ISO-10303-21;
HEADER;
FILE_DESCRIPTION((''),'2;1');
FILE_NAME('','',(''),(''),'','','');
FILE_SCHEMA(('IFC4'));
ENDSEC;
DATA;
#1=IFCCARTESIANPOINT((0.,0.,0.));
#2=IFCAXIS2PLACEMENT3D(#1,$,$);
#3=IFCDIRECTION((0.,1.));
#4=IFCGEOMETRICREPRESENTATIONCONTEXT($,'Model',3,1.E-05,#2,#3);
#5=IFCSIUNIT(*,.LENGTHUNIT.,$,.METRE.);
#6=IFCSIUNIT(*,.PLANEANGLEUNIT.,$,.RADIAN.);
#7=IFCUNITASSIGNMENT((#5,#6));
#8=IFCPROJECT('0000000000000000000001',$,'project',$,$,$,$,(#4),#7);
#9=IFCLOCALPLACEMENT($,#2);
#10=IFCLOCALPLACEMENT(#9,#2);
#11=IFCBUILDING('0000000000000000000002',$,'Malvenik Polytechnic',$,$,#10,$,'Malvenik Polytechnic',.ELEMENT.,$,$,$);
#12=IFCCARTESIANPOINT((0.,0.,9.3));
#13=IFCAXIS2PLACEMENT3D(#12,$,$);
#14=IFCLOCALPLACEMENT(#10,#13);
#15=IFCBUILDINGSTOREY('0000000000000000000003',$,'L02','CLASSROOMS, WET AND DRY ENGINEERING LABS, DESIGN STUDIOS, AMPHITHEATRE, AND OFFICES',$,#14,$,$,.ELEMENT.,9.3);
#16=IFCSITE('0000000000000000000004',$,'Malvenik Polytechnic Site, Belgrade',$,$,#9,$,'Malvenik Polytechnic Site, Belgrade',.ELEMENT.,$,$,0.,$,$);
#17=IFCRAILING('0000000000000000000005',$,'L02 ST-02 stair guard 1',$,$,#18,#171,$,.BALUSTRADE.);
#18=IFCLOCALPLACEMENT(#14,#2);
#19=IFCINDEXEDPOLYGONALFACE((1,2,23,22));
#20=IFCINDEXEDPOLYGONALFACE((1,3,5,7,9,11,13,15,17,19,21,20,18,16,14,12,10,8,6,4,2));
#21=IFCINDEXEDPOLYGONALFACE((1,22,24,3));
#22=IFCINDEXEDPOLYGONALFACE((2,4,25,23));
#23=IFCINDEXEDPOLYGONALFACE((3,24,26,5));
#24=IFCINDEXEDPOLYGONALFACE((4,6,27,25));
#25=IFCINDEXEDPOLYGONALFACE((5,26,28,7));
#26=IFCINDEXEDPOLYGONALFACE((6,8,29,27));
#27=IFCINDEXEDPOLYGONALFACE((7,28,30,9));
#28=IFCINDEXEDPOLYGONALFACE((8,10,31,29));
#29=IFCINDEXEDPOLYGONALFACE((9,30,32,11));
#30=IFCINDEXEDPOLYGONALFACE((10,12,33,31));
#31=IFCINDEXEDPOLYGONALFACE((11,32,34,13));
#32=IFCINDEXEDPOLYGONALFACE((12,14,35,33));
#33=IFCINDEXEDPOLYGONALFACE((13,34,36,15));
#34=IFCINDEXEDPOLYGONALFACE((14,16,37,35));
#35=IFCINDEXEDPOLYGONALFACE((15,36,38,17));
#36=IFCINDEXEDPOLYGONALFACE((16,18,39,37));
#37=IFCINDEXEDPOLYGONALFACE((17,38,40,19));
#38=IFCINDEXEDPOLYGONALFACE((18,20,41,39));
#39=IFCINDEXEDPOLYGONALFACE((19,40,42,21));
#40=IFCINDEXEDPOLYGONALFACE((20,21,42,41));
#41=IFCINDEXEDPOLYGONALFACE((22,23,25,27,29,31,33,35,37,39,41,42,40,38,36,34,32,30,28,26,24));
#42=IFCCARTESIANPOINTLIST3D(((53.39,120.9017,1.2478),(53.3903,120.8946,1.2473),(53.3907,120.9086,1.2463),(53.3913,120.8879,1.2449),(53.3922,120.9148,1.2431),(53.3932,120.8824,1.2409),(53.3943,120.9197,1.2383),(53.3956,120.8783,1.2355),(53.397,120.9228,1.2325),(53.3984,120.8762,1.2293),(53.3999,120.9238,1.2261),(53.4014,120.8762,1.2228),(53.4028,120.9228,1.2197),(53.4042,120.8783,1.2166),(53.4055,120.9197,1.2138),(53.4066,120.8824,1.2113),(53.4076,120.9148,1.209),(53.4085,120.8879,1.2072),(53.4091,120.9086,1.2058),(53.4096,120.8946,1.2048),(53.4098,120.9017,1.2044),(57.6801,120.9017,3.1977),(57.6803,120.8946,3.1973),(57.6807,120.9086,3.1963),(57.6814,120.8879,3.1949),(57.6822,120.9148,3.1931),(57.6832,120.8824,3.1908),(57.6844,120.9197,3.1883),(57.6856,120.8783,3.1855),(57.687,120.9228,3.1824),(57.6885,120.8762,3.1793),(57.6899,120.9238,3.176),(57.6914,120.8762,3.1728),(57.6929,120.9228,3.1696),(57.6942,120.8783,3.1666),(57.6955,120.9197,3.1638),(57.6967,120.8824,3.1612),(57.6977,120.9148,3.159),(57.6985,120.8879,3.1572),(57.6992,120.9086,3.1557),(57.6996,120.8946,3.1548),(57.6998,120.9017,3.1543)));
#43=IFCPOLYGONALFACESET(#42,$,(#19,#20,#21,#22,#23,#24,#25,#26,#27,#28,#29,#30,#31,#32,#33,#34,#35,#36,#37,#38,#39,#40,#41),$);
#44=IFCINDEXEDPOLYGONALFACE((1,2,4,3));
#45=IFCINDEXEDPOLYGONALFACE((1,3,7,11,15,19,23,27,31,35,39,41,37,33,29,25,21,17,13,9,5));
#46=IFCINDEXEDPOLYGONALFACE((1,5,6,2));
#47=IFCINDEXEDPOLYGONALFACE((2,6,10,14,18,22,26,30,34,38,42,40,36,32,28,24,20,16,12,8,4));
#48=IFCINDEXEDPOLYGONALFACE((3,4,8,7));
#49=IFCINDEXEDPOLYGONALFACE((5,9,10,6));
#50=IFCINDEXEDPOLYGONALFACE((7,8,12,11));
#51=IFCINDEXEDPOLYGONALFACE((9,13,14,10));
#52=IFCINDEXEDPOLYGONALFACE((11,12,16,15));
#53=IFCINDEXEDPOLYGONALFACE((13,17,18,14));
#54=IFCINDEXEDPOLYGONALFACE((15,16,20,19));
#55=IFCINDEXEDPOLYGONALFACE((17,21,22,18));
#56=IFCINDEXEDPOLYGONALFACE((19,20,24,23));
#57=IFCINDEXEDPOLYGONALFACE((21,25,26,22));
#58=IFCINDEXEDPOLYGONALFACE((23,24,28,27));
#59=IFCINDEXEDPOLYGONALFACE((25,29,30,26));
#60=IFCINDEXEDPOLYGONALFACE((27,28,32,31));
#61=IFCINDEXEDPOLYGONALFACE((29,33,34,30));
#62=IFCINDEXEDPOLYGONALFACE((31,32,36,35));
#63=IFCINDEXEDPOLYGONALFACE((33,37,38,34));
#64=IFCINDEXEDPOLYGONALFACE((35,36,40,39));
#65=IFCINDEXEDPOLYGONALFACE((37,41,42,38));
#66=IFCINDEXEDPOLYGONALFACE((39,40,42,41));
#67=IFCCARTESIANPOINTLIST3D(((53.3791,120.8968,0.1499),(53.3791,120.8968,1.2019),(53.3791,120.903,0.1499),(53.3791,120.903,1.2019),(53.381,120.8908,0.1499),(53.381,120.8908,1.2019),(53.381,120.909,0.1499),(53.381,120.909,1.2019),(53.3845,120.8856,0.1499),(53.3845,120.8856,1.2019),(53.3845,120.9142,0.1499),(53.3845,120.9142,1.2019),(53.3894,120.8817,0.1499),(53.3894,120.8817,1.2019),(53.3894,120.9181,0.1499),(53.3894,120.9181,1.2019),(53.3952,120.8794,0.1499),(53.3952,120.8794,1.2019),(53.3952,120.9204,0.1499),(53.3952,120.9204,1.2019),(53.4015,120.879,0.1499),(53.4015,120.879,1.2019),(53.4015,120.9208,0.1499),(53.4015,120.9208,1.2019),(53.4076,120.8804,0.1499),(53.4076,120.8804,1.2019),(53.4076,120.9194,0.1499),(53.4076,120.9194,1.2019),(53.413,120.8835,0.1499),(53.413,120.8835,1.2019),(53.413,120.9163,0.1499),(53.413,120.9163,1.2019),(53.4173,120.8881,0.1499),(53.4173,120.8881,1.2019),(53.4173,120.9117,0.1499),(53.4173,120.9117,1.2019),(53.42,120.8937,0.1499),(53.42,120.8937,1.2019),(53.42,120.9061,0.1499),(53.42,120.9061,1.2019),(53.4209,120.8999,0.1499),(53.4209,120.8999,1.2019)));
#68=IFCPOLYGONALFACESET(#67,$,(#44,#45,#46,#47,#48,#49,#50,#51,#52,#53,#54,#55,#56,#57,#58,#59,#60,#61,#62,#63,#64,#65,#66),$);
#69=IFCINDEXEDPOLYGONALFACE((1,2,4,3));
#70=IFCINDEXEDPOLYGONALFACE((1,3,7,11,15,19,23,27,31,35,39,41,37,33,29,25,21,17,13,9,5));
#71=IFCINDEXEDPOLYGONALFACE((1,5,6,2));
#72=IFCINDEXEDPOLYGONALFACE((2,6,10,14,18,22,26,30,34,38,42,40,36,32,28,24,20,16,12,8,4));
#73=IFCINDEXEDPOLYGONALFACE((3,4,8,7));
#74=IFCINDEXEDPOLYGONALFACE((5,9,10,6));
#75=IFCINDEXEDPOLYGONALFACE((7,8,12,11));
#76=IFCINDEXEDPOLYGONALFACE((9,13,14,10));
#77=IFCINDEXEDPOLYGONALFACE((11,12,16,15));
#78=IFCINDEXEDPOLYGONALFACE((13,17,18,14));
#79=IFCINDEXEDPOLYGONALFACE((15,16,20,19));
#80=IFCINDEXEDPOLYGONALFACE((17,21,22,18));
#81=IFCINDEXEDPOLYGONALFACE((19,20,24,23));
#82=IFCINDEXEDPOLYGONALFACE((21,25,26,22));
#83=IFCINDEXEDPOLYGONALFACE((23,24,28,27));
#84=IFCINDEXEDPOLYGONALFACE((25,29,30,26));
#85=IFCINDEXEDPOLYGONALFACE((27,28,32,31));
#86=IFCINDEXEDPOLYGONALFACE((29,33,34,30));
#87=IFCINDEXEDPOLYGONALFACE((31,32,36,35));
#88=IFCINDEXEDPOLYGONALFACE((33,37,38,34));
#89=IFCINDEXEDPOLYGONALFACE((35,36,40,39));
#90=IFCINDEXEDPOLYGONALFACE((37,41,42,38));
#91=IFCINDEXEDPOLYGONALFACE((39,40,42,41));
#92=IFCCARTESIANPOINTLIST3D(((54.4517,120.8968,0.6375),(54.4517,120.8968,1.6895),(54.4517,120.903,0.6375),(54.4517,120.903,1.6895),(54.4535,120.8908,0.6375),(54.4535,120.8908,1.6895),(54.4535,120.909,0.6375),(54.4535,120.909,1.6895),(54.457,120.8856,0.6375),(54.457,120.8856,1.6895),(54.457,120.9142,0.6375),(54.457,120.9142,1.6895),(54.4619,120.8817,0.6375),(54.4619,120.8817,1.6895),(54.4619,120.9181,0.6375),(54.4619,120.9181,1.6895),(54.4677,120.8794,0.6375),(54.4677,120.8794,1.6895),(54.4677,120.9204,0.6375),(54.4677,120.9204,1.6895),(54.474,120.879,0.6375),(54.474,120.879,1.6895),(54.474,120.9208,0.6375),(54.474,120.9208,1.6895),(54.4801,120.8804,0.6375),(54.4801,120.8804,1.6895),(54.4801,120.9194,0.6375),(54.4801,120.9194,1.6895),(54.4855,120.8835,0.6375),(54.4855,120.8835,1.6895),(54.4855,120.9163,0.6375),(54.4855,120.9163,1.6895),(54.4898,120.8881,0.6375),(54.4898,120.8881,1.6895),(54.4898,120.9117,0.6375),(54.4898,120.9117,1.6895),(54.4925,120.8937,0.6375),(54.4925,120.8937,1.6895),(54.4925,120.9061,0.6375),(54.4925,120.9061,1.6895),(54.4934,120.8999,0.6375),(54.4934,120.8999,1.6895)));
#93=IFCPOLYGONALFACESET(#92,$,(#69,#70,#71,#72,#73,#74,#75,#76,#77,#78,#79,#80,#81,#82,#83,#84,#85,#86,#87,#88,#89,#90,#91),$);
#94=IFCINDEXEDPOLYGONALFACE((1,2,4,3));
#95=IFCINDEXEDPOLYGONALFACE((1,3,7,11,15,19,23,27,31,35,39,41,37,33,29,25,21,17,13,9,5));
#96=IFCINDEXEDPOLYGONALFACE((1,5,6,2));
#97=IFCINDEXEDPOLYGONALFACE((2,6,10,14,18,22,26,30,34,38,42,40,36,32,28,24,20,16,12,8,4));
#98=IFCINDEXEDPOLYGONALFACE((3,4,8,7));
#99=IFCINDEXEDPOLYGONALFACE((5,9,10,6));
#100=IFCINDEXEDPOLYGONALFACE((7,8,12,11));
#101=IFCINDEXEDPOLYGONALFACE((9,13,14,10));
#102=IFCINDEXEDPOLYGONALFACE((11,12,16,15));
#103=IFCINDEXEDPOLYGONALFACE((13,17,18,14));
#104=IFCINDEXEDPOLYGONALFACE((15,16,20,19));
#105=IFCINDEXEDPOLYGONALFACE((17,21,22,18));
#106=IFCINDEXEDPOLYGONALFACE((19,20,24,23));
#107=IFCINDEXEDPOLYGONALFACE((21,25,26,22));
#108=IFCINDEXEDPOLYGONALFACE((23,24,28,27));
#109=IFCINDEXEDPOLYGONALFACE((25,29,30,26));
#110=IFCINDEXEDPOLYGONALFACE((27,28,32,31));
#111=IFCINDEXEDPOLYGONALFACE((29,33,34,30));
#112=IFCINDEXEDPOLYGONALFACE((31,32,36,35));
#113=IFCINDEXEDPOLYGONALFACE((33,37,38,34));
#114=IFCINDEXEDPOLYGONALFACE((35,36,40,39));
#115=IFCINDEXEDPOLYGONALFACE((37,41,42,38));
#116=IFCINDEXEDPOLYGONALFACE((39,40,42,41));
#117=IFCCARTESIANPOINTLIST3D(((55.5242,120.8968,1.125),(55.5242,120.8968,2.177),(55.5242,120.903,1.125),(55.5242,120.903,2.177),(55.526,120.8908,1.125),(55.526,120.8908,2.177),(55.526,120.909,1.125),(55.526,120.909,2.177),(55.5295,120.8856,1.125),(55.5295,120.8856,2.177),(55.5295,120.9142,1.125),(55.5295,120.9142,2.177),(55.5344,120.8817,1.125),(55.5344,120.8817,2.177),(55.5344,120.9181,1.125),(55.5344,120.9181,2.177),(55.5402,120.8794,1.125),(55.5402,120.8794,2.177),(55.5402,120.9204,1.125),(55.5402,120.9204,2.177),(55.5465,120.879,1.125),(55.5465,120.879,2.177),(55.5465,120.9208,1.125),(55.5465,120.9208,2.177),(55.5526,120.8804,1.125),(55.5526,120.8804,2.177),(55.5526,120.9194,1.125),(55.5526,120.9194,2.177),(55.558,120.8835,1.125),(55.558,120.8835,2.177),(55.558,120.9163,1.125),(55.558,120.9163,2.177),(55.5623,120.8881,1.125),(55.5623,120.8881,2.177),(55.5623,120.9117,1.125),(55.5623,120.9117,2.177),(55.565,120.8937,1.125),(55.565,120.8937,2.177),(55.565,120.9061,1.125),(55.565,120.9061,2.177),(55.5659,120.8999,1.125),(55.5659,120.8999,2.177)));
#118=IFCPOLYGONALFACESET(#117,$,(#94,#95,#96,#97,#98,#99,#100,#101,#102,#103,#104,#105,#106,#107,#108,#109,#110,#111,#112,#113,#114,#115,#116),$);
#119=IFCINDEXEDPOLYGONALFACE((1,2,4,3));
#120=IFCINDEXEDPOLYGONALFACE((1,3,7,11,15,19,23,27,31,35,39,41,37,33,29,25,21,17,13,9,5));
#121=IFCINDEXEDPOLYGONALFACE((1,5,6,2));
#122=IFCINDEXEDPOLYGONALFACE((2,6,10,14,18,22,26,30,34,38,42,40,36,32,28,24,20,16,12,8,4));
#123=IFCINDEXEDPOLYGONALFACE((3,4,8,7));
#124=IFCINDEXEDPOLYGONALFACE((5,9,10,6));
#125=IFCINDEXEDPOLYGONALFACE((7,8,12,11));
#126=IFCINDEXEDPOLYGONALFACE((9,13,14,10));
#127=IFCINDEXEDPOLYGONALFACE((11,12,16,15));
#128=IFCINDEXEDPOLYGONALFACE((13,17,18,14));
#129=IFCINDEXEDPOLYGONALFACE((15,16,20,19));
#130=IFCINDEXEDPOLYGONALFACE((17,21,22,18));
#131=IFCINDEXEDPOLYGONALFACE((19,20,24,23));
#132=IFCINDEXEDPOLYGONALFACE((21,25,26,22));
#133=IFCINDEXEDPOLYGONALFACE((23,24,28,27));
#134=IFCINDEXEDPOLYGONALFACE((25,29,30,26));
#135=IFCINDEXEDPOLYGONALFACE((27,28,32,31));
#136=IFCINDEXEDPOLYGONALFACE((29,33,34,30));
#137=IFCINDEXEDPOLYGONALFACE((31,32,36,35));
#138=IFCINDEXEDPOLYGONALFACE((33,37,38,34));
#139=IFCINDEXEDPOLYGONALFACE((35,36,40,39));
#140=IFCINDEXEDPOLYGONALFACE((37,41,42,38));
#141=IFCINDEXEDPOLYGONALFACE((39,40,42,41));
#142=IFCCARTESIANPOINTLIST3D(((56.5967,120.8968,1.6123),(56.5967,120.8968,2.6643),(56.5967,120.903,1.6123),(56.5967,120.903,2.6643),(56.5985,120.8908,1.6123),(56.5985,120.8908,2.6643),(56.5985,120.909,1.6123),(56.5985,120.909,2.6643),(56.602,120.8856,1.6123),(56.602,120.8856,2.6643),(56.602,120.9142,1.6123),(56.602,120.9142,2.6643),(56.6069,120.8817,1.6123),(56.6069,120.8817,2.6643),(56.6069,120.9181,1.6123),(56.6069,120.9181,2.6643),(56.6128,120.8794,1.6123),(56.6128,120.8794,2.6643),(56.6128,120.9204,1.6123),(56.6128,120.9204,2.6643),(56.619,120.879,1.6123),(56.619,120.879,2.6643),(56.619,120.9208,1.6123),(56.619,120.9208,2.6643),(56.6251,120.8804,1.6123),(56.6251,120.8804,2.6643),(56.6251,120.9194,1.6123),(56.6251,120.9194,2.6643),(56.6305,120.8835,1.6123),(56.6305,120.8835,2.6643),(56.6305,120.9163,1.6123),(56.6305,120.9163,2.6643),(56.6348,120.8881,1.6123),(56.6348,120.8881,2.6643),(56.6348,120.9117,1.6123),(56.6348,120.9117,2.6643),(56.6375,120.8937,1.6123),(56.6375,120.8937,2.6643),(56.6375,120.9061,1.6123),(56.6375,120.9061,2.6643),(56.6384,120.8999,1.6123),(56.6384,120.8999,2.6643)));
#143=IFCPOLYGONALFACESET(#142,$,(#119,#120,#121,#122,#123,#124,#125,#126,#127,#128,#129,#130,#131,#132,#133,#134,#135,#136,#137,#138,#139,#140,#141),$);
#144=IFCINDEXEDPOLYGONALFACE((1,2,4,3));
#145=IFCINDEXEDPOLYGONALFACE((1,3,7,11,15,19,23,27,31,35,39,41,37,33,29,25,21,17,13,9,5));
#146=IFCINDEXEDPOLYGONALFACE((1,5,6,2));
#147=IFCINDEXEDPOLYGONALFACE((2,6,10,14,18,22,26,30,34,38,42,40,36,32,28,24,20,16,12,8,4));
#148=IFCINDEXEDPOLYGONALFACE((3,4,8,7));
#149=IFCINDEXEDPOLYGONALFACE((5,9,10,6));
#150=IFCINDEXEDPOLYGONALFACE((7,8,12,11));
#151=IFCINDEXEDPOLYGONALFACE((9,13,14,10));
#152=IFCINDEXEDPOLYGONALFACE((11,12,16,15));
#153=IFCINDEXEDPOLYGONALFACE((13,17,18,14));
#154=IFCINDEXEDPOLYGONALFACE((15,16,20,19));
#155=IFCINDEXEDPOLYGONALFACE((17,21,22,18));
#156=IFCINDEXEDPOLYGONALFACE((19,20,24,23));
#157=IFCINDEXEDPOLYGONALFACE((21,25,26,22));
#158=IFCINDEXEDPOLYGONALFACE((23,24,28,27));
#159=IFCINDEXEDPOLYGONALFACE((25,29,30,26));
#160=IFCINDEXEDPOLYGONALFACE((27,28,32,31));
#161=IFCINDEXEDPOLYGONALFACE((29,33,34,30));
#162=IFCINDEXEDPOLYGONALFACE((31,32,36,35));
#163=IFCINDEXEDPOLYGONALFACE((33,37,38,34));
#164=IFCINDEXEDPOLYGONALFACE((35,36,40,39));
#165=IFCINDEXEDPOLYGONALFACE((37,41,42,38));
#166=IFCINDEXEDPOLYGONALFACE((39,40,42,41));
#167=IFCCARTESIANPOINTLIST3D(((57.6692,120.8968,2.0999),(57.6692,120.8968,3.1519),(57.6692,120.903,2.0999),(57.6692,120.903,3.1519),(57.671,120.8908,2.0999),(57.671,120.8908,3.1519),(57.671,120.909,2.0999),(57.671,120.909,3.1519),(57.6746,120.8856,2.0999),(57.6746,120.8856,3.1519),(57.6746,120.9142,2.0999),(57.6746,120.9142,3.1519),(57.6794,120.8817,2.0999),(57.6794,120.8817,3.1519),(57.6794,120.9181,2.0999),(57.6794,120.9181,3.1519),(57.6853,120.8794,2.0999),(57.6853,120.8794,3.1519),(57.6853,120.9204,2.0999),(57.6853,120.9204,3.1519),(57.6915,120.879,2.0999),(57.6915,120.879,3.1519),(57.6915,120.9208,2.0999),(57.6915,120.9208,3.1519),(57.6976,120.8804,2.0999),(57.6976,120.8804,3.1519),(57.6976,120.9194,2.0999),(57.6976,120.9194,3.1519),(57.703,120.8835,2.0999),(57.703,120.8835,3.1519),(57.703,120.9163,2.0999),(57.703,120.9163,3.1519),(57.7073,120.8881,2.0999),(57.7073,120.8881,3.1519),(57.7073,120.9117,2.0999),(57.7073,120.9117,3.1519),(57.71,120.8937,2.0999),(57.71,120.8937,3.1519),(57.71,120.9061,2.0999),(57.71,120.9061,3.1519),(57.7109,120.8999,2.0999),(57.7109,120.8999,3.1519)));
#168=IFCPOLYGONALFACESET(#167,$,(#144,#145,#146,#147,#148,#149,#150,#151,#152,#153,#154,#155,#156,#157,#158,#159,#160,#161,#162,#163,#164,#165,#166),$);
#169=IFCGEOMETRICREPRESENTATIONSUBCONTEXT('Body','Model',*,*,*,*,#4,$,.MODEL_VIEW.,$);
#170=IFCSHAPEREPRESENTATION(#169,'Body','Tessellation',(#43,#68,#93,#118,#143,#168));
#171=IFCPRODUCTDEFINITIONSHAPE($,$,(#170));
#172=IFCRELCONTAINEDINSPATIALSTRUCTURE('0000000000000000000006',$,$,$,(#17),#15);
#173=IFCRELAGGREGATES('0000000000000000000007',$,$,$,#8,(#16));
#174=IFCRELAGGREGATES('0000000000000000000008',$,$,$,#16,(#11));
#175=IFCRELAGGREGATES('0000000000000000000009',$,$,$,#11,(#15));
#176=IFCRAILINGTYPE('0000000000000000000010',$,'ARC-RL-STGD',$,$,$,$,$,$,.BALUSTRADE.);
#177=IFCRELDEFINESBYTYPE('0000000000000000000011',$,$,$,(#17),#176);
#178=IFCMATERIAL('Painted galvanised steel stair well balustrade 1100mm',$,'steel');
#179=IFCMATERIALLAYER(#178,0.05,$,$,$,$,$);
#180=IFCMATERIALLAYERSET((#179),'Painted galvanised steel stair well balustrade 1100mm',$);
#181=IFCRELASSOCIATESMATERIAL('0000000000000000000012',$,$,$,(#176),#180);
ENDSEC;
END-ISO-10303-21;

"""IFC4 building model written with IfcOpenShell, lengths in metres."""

from ifc_helpers import new_model, si_unit, direction, frame, origin, origin_2d, place, context, subcontext, project, spatial, circle, extrude, material, layer, layer_set, type_object, element, save


model = new_model("IFC4")

# Units and contexts
model_context = context("Model", 3, precision=1e-05, world=origin(), true_north=direction((0.0, 1.0)))
body_context = subcontext(model_context, "Body", "Model", "MODEL_VIEW")
ifc_project = project(units=[si_unit("LENGTHUNIT", "METRE"), si_unit("PLANEANGLEUNIT", "RADIAN")], contexts=[model_context])

# Site, building, storey
site_placement = place(None, origin())
site = spatial("IfcSite", under=ifc_project, at=site_placement, Name="Malvenik Polytechnic Site, Belgrade", LongName="Malvenik Polytechnic Site, Belgrade", CompositionType="ELEMENT", RefElevation=0.0)
building_placement = place(site_placement, origin())
building = spatial("IfcBuilding", under=site, at=building_placement, Name="Malvenik Polytechnic", LongName="Malvenik Polytechnic", CompositionType="ELEMENT")
storey_placement = place(building_placement, frame((0.0, 0.0, 9.3)))
storey = spatial("IfcBuildingStorey", under=building, at=storey_placement, Name="L02", Description="CLASSROOMS, WET AND DRY ENGINEERING LABS, DESIGN STUDIOS, AMPHITHEATRE, AND OFFICES", CompositionType="ELEMENT", Elevation=9.3)

# Railing
ifc_material_1 = material(Name="Painted galvanised steel stair well balustrade 1100mm", Category="steel")
ifc_layer_1 = layer(ifc_material_1, 0.05)
ifc_layer_set_1 = layer_set([ifc_layer_1], Name="Painted galvanised steel stair well balustrade 1100mm")
railing_type_1 = type_object("IfcRailingType", Name="ARC-RL-STGD", PredefinedType="BALUSTRADE", material=ifc_layer_set_1)
railing_1_placement = place(storey_placement, frame((53.3999, 120.8999, 0.1499)))
element("IfcRailing", 1, at=railing_1_placement, inside=storey, type_object=railing_type_1, Name="L02 ST-02 stair guard 1", PredefinedType="BALUSTRADE", context=body_context, shape_type="SweptSolid", body=[
    extrude(circle(Radius=0.0239, at=origin_2d()), frame((0.0, 0.0, 1.0762), z_axis=(0.910372, 0.0, 0.413791), x_axis=(0.0, 1.0, 0.0)), (0.0, 0.0, 1.0), 4.7124),
    extrude(circle(Radius=0.021, at=origin_2d()), origin(), (0.0, 0.0, 1.0), 1.052),
    extrude(circle(Radius=0.021, at=origin_2d()), frame((1.0725, 0.0, 0.4875)), (0.0, 0.0, 1.0), 1.052),
    extrude(circle(Radius=0.021, at=origin_2d()), frame((2.145, 0.0, 0.9751)), (0.0, 0.0, 1.0), 1.052),
    extrude(circle(Radius=0.021, at=origin_2d()), frame((3.2175, 0.0, 1.4624)), (0.0, 0.0, 1.0), 1.052),
    extrude(circle(Radius=0.021, at=origin_2d()), frame((4.29, 0.0, 1.95)), (0.0, 0.0, 1.0), 1.052),
])

save(model, "model.ifc")
